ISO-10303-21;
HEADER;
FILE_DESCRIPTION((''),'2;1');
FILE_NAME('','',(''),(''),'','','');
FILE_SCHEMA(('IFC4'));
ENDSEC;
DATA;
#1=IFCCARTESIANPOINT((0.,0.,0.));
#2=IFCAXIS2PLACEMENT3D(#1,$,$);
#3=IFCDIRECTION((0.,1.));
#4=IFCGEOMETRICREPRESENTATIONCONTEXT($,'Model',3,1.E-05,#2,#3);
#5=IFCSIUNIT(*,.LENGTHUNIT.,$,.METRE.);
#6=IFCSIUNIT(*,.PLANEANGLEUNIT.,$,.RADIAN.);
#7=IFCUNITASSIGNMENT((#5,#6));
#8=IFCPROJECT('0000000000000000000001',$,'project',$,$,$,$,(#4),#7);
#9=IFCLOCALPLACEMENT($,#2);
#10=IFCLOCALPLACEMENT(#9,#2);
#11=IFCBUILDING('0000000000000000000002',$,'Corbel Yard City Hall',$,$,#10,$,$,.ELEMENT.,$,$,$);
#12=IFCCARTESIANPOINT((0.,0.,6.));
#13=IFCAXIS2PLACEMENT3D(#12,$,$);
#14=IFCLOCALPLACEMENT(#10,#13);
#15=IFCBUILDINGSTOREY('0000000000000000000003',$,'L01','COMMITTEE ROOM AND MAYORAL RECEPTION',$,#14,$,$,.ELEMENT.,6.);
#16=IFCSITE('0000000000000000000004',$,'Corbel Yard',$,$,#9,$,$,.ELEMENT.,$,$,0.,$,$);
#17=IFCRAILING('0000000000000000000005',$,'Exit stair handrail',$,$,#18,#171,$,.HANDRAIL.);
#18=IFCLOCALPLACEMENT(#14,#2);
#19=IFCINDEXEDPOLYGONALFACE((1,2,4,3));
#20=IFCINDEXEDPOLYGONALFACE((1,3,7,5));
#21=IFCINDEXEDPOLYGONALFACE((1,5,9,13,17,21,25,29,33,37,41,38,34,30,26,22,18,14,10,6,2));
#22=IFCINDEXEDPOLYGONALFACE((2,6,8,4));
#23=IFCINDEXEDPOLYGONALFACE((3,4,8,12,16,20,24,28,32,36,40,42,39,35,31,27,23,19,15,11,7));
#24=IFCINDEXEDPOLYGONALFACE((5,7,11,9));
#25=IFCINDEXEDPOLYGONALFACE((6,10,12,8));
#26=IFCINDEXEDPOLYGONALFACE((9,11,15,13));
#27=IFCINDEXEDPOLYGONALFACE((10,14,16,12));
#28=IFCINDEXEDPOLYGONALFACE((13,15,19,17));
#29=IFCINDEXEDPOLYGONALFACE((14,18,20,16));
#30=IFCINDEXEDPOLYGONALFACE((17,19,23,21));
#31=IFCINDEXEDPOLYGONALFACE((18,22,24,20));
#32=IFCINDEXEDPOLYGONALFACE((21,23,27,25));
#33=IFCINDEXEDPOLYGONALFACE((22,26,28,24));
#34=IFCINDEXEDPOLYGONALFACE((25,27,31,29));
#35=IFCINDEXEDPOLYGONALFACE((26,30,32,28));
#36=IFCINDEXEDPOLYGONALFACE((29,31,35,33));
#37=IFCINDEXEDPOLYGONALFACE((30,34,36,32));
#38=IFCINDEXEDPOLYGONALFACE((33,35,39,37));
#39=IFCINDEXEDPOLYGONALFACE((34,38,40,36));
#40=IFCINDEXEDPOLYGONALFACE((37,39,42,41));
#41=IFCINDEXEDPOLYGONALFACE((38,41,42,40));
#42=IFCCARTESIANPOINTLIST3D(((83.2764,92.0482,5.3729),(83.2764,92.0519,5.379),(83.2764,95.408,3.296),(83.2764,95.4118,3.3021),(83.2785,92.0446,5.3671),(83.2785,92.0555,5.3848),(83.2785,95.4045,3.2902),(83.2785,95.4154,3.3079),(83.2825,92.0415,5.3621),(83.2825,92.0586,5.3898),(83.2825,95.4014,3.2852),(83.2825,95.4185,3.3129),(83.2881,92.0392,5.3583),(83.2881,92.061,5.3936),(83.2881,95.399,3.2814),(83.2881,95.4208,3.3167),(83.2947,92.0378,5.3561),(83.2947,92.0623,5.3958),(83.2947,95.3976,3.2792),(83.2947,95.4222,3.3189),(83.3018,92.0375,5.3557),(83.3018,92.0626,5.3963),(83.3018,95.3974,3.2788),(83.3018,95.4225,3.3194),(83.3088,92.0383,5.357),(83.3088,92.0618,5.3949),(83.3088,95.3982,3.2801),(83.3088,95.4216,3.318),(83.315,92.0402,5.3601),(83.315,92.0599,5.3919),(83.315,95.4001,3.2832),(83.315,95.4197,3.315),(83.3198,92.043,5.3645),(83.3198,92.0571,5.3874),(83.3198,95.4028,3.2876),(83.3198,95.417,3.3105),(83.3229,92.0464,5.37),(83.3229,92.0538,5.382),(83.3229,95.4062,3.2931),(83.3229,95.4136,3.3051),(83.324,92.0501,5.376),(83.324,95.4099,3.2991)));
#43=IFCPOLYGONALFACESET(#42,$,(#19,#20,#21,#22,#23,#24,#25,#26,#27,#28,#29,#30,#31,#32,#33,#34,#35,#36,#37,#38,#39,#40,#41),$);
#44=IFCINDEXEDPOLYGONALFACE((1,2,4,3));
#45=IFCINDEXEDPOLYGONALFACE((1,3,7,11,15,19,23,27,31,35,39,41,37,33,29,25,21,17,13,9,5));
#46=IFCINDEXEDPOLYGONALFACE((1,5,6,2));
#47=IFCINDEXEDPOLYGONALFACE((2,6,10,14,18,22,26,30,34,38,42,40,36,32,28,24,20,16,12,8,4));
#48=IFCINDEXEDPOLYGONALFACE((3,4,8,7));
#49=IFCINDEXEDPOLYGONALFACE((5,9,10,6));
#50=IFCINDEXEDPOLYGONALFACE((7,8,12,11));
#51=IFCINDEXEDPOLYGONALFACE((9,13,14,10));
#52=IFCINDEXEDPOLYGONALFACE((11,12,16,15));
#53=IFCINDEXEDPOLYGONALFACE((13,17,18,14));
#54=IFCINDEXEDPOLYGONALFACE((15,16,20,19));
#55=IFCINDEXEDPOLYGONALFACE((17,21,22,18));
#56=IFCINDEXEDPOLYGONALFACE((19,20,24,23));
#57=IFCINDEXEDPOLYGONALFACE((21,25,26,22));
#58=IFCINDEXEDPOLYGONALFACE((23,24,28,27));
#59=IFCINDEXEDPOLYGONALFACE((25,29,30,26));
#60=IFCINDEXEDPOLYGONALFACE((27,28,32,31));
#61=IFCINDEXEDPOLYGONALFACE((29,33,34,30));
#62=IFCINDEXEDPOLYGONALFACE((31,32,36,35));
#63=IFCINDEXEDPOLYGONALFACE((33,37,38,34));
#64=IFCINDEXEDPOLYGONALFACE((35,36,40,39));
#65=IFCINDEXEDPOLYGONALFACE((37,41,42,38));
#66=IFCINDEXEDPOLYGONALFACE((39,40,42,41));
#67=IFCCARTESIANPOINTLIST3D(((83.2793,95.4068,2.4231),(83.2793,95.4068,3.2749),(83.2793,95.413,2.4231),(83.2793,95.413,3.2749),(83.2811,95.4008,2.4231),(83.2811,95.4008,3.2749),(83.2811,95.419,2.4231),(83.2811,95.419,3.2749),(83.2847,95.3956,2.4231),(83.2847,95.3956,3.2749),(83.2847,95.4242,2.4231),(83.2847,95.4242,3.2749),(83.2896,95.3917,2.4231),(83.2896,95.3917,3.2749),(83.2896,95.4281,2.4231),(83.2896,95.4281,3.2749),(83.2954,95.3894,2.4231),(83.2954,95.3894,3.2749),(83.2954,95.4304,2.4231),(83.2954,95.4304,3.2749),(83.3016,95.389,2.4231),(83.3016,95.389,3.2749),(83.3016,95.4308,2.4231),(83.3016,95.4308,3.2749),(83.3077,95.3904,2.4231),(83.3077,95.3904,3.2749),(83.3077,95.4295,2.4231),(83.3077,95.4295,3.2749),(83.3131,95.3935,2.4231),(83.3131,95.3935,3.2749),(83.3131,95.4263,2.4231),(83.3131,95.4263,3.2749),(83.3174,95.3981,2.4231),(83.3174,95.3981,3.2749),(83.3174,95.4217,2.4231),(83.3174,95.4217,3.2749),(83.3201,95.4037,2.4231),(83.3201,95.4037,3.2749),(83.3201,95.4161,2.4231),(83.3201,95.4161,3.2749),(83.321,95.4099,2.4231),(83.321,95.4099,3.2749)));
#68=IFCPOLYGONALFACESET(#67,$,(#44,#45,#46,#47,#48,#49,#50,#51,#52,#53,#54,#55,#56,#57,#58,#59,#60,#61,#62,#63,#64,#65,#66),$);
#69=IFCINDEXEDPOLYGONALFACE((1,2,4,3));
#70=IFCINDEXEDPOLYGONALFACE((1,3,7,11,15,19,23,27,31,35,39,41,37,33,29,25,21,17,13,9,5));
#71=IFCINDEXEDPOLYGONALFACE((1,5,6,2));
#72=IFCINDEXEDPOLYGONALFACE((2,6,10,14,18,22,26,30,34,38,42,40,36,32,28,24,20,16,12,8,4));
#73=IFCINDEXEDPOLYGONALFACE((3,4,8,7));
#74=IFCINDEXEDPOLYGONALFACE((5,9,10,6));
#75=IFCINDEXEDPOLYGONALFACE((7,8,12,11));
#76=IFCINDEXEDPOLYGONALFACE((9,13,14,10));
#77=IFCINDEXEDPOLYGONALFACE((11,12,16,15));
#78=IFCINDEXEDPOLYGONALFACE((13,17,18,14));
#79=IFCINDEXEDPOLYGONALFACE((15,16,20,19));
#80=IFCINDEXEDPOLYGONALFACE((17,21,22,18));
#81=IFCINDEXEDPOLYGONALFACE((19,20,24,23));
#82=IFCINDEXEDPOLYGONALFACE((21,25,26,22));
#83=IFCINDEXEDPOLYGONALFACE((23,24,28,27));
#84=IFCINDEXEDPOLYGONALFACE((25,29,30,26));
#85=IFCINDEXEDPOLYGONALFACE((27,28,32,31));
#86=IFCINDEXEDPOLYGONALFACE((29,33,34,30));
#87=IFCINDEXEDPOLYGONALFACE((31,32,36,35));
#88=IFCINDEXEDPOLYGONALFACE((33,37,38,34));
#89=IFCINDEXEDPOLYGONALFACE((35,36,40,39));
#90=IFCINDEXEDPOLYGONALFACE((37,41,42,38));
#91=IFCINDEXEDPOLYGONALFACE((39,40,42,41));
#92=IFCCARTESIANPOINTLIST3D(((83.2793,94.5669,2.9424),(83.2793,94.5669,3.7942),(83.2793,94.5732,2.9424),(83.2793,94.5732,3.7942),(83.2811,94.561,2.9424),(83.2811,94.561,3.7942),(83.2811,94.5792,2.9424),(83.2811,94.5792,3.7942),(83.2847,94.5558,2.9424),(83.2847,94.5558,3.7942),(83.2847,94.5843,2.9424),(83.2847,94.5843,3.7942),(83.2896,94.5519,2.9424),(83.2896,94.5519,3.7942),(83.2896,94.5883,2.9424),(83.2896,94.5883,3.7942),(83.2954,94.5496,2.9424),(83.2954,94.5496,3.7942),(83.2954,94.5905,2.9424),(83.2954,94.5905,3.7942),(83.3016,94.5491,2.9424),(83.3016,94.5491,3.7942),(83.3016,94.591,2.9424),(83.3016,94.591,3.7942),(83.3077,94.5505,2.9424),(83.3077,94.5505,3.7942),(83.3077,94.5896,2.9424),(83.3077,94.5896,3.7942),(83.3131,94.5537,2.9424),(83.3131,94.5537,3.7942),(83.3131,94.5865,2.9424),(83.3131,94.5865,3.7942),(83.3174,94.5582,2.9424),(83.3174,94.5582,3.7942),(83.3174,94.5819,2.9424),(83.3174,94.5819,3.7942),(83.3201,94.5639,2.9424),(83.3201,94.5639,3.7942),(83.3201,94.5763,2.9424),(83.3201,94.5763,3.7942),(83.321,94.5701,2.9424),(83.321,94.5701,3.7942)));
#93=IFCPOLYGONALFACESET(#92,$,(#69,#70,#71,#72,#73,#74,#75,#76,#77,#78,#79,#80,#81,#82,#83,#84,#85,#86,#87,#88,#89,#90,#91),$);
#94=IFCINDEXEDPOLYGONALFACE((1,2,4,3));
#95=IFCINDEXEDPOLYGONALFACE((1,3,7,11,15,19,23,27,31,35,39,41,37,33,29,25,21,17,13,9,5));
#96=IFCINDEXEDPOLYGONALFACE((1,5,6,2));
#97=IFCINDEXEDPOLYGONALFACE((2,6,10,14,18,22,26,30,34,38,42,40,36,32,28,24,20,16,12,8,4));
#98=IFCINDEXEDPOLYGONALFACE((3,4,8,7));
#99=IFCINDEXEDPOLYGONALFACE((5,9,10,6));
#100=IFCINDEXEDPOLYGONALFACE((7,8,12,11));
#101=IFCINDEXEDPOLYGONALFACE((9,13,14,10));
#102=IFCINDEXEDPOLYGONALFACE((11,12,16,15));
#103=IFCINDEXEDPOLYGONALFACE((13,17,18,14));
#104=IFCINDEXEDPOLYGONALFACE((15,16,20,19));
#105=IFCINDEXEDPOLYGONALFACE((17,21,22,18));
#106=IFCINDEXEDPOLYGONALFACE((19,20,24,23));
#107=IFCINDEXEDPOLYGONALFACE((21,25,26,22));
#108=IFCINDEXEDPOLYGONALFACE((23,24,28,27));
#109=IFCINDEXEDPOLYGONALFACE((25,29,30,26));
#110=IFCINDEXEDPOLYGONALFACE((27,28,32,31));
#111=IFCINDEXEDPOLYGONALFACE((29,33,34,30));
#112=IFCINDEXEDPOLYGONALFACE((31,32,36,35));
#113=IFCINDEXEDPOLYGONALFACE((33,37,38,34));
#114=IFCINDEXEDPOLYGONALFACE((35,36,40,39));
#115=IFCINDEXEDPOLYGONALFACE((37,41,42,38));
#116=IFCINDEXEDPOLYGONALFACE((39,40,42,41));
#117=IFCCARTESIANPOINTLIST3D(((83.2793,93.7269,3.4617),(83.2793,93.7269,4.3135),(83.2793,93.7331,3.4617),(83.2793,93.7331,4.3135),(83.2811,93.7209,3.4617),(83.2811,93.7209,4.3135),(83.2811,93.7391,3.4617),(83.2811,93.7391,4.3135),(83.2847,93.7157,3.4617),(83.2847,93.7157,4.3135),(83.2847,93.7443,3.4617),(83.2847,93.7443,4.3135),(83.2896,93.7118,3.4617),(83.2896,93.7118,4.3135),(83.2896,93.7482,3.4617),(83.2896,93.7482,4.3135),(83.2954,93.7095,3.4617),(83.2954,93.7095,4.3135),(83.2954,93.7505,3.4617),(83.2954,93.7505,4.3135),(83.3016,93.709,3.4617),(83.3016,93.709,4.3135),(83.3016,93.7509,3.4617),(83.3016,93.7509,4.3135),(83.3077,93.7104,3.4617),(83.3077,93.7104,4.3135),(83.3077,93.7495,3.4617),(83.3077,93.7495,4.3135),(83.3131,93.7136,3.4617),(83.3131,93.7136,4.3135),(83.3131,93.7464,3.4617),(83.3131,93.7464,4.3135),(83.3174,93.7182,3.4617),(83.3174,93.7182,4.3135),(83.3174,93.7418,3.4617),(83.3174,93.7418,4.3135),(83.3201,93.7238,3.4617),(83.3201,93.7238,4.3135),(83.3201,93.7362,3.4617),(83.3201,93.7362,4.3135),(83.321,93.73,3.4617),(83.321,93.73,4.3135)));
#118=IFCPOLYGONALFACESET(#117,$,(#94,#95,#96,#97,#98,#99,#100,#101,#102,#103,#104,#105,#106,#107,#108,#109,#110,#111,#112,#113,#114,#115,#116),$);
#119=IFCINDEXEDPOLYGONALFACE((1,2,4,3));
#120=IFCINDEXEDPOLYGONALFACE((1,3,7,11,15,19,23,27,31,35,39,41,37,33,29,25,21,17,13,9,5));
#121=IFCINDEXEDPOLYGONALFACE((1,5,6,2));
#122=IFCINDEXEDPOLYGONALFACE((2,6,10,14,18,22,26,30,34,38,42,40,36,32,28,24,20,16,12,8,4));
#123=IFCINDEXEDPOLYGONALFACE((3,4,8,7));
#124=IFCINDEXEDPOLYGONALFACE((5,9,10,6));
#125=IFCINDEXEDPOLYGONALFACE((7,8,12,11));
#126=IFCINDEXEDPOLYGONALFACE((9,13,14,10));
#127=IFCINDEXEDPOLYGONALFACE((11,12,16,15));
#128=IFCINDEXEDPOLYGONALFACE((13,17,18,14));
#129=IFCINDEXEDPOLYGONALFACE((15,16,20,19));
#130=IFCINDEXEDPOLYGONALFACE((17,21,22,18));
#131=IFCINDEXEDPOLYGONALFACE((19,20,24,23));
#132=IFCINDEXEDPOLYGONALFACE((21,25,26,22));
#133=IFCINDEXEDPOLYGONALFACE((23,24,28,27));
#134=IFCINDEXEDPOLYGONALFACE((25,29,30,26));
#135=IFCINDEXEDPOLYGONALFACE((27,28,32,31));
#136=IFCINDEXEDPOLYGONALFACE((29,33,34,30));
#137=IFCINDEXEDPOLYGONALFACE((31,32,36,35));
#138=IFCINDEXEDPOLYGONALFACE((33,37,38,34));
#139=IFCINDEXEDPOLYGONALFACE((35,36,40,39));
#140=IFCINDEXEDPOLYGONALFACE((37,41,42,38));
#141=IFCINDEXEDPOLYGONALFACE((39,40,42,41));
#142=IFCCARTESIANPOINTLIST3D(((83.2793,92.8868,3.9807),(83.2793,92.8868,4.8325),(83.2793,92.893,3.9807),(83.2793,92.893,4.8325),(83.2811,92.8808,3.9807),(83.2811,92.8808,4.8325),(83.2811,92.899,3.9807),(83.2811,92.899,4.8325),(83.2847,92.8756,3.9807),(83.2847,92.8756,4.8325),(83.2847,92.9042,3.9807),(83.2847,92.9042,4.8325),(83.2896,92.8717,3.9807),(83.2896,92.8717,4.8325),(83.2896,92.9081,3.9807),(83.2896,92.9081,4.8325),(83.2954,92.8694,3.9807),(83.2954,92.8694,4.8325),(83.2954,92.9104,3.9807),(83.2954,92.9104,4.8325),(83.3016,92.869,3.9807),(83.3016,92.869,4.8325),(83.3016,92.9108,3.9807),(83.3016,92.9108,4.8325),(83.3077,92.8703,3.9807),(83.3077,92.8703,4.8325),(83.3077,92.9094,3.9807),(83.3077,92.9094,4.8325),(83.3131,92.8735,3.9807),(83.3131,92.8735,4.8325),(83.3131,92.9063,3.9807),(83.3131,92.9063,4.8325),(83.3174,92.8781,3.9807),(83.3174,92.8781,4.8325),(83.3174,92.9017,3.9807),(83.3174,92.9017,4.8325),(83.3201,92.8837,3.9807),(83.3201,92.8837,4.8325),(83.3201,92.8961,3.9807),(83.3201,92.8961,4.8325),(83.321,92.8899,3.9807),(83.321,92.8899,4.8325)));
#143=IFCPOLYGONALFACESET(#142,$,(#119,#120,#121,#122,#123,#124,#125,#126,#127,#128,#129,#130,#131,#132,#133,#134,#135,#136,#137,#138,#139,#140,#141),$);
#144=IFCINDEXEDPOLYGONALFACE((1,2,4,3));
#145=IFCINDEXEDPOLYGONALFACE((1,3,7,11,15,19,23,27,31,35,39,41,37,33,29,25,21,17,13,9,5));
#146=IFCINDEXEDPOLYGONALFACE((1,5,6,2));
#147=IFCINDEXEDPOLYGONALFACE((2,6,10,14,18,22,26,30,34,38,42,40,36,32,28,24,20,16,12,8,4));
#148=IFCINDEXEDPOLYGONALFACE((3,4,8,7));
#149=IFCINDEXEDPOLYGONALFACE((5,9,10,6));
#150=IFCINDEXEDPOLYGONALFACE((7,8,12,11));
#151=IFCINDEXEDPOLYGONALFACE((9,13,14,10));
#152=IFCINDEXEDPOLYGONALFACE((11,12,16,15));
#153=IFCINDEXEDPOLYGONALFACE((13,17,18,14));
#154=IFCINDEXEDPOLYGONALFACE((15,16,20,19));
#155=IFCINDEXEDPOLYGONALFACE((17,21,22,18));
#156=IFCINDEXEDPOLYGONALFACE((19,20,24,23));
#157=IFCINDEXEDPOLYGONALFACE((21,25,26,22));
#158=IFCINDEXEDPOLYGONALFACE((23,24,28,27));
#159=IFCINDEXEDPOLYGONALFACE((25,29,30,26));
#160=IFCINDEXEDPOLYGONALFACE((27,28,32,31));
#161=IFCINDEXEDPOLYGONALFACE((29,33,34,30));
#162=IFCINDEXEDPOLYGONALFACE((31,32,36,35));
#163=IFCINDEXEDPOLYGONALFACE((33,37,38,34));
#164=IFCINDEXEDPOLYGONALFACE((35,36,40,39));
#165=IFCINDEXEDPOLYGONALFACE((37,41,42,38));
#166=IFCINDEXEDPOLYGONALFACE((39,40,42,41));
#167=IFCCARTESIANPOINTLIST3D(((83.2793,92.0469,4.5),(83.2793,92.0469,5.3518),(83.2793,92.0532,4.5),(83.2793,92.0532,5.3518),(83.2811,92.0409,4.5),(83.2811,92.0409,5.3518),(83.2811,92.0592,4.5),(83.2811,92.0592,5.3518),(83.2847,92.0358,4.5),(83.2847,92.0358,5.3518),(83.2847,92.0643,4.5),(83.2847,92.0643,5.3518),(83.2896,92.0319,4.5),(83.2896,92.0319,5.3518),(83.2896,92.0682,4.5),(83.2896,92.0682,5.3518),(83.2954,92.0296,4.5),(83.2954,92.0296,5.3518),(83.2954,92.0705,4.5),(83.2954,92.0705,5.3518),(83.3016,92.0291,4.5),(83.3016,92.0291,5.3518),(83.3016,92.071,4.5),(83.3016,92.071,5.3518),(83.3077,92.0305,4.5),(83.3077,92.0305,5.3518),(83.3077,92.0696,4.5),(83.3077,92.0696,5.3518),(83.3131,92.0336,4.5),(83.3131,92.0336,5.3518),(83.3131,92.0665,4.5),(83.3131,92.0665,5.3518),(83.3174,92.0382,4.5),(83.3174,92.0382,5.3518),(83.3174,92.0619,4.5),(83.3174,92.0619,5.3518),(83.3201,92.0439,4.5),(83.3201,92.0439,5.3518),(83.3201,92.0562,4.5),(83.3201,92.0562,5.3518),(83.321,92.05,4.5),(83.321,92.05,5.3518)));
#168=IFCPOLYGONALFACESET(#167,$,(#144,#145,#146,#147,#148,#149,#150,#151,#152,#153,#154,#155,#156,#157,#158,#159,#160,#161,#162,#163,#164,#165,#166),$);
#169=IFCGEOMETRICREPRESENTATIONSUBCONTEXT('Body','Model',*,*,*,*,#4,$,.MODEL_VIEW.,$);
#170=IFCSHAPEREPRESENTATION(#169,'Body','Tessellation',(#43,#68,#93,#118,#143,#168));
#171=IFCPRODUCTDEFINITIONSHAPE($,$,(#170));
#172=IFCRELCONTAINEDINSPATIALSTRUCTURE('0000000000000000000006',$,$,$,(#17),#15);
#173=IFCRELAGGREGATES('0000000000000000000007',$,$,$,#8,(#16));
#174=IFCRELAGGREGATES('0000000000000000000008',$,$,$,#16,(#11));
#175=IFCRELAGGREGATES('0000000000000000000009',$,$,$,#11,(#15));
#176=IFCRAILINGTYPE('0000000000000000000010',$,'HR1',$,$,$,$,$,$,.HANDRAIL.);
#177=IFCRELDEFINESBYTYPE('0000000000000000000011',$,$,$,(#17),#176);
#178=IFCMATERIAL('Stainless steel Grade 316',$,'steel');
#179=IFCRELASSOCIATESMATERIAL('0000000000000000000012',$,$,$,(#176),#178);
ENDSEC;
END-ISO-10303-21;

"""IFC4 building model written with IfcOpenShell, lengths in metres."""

from ifc_helpers import new_model, si_unit, direction, frame, origin, origin_2d, place, context, subcontext, project, spatial, circle, extrude, material, type_object, element, save


model = new_model("IFC4")

# Units and contexts
model_context = context("Model", 3, precision=1e-05, world=origin(), true_north=direction((0.0, 1.0)))
body_context = subcontext(model_context, "Body", "Model", "MODEL_VIEW")
ifc_project = project(units=[si_unit("LENGTHUNIT", "METRE"), si_unit("PLANEANGLEUNIT", "RADIAN")], contexts=[model_context])

# Site, building, storey
site_placement = place(None, origin())
site = spatial("IfcSite", under=ifc_project, at=site_placement, Name="Corbel Yard", CompositionType="ELEMENT", RefElevation=0.0)
building_placement = place(site_placement, origin())
building = spatial("IfcBuilding", under=site, at=building_placement, Name="Corbel Yard City Hall", CompositionType="ELEMENT")
storey_placement = place(building_placement, frame((0.0, 0.0, 6.0)))
storey = spatial("IfcBuildingStorey", under=building, at=storey_placement, Name="L01", Description="COMMITTEE ROOM AND MAYORAL RECEPTION", CompositionType="ELEMENT", Elevation=6.0)

# Shared definitions
ifc_material_1 = material(Name="Stainless steel Grade 316", Category="steel")

# Railing
railing_type_1 = type_object("IfcRailingType", Name="HR1", PredefinedType="HANDRAIL", material=ifc_material_1)
for number, where, name in (
    (1, (83.3, 95.4099, 2.4231), "Exit stair handrail"),
):
    element("IfcRailing", number, at=place(storey_placement, frame(where)), inside=storey, type_object=railing_type_1, Name=name, PredefinedType="HANDRAIL", context=body_context, shape_type="SweptSolid", body=[
        extrude(circle(Radius=0.0239, at=origin_2d()), frame((0.0, 0.0, 0.876), z_axis=(0.0, -0.850606, 0.525803), x_axis=(1.0, 0.0, 0.0)), (0.0, 0.0, 1.0), 3.95),
        extrude(circle(Radius=0.021, at=origin_2d()), origin(), (0.0, 0.0, 1.0), 0.8518),
        extrude(circle(Radius=0.021, at=origin_2d()), frame((0.0, -0.8398, 0.5193)), (0.0, 0.0, 1.0), 0.8518),
        extrude(circle(Radius=0.021, at=origin_2d()), frame((0.0, -1.6799, 1.0386)), (0.0, 0.0, 1.0), 0.8518),
        extrude(circle(Radius=0.021, at=origin_2d()), frame((0.0, -2.52, 1.5576)), (0.0, 0.0, 1.0), 0.8518),
        extrude(circle(Radius=0.021, at=origin_2d()), frame((0.0, -3.3599, 2.0769)), (0.0, 0.0, 1.0), 0.8518),
    ])

save(model, "model.ifc")
